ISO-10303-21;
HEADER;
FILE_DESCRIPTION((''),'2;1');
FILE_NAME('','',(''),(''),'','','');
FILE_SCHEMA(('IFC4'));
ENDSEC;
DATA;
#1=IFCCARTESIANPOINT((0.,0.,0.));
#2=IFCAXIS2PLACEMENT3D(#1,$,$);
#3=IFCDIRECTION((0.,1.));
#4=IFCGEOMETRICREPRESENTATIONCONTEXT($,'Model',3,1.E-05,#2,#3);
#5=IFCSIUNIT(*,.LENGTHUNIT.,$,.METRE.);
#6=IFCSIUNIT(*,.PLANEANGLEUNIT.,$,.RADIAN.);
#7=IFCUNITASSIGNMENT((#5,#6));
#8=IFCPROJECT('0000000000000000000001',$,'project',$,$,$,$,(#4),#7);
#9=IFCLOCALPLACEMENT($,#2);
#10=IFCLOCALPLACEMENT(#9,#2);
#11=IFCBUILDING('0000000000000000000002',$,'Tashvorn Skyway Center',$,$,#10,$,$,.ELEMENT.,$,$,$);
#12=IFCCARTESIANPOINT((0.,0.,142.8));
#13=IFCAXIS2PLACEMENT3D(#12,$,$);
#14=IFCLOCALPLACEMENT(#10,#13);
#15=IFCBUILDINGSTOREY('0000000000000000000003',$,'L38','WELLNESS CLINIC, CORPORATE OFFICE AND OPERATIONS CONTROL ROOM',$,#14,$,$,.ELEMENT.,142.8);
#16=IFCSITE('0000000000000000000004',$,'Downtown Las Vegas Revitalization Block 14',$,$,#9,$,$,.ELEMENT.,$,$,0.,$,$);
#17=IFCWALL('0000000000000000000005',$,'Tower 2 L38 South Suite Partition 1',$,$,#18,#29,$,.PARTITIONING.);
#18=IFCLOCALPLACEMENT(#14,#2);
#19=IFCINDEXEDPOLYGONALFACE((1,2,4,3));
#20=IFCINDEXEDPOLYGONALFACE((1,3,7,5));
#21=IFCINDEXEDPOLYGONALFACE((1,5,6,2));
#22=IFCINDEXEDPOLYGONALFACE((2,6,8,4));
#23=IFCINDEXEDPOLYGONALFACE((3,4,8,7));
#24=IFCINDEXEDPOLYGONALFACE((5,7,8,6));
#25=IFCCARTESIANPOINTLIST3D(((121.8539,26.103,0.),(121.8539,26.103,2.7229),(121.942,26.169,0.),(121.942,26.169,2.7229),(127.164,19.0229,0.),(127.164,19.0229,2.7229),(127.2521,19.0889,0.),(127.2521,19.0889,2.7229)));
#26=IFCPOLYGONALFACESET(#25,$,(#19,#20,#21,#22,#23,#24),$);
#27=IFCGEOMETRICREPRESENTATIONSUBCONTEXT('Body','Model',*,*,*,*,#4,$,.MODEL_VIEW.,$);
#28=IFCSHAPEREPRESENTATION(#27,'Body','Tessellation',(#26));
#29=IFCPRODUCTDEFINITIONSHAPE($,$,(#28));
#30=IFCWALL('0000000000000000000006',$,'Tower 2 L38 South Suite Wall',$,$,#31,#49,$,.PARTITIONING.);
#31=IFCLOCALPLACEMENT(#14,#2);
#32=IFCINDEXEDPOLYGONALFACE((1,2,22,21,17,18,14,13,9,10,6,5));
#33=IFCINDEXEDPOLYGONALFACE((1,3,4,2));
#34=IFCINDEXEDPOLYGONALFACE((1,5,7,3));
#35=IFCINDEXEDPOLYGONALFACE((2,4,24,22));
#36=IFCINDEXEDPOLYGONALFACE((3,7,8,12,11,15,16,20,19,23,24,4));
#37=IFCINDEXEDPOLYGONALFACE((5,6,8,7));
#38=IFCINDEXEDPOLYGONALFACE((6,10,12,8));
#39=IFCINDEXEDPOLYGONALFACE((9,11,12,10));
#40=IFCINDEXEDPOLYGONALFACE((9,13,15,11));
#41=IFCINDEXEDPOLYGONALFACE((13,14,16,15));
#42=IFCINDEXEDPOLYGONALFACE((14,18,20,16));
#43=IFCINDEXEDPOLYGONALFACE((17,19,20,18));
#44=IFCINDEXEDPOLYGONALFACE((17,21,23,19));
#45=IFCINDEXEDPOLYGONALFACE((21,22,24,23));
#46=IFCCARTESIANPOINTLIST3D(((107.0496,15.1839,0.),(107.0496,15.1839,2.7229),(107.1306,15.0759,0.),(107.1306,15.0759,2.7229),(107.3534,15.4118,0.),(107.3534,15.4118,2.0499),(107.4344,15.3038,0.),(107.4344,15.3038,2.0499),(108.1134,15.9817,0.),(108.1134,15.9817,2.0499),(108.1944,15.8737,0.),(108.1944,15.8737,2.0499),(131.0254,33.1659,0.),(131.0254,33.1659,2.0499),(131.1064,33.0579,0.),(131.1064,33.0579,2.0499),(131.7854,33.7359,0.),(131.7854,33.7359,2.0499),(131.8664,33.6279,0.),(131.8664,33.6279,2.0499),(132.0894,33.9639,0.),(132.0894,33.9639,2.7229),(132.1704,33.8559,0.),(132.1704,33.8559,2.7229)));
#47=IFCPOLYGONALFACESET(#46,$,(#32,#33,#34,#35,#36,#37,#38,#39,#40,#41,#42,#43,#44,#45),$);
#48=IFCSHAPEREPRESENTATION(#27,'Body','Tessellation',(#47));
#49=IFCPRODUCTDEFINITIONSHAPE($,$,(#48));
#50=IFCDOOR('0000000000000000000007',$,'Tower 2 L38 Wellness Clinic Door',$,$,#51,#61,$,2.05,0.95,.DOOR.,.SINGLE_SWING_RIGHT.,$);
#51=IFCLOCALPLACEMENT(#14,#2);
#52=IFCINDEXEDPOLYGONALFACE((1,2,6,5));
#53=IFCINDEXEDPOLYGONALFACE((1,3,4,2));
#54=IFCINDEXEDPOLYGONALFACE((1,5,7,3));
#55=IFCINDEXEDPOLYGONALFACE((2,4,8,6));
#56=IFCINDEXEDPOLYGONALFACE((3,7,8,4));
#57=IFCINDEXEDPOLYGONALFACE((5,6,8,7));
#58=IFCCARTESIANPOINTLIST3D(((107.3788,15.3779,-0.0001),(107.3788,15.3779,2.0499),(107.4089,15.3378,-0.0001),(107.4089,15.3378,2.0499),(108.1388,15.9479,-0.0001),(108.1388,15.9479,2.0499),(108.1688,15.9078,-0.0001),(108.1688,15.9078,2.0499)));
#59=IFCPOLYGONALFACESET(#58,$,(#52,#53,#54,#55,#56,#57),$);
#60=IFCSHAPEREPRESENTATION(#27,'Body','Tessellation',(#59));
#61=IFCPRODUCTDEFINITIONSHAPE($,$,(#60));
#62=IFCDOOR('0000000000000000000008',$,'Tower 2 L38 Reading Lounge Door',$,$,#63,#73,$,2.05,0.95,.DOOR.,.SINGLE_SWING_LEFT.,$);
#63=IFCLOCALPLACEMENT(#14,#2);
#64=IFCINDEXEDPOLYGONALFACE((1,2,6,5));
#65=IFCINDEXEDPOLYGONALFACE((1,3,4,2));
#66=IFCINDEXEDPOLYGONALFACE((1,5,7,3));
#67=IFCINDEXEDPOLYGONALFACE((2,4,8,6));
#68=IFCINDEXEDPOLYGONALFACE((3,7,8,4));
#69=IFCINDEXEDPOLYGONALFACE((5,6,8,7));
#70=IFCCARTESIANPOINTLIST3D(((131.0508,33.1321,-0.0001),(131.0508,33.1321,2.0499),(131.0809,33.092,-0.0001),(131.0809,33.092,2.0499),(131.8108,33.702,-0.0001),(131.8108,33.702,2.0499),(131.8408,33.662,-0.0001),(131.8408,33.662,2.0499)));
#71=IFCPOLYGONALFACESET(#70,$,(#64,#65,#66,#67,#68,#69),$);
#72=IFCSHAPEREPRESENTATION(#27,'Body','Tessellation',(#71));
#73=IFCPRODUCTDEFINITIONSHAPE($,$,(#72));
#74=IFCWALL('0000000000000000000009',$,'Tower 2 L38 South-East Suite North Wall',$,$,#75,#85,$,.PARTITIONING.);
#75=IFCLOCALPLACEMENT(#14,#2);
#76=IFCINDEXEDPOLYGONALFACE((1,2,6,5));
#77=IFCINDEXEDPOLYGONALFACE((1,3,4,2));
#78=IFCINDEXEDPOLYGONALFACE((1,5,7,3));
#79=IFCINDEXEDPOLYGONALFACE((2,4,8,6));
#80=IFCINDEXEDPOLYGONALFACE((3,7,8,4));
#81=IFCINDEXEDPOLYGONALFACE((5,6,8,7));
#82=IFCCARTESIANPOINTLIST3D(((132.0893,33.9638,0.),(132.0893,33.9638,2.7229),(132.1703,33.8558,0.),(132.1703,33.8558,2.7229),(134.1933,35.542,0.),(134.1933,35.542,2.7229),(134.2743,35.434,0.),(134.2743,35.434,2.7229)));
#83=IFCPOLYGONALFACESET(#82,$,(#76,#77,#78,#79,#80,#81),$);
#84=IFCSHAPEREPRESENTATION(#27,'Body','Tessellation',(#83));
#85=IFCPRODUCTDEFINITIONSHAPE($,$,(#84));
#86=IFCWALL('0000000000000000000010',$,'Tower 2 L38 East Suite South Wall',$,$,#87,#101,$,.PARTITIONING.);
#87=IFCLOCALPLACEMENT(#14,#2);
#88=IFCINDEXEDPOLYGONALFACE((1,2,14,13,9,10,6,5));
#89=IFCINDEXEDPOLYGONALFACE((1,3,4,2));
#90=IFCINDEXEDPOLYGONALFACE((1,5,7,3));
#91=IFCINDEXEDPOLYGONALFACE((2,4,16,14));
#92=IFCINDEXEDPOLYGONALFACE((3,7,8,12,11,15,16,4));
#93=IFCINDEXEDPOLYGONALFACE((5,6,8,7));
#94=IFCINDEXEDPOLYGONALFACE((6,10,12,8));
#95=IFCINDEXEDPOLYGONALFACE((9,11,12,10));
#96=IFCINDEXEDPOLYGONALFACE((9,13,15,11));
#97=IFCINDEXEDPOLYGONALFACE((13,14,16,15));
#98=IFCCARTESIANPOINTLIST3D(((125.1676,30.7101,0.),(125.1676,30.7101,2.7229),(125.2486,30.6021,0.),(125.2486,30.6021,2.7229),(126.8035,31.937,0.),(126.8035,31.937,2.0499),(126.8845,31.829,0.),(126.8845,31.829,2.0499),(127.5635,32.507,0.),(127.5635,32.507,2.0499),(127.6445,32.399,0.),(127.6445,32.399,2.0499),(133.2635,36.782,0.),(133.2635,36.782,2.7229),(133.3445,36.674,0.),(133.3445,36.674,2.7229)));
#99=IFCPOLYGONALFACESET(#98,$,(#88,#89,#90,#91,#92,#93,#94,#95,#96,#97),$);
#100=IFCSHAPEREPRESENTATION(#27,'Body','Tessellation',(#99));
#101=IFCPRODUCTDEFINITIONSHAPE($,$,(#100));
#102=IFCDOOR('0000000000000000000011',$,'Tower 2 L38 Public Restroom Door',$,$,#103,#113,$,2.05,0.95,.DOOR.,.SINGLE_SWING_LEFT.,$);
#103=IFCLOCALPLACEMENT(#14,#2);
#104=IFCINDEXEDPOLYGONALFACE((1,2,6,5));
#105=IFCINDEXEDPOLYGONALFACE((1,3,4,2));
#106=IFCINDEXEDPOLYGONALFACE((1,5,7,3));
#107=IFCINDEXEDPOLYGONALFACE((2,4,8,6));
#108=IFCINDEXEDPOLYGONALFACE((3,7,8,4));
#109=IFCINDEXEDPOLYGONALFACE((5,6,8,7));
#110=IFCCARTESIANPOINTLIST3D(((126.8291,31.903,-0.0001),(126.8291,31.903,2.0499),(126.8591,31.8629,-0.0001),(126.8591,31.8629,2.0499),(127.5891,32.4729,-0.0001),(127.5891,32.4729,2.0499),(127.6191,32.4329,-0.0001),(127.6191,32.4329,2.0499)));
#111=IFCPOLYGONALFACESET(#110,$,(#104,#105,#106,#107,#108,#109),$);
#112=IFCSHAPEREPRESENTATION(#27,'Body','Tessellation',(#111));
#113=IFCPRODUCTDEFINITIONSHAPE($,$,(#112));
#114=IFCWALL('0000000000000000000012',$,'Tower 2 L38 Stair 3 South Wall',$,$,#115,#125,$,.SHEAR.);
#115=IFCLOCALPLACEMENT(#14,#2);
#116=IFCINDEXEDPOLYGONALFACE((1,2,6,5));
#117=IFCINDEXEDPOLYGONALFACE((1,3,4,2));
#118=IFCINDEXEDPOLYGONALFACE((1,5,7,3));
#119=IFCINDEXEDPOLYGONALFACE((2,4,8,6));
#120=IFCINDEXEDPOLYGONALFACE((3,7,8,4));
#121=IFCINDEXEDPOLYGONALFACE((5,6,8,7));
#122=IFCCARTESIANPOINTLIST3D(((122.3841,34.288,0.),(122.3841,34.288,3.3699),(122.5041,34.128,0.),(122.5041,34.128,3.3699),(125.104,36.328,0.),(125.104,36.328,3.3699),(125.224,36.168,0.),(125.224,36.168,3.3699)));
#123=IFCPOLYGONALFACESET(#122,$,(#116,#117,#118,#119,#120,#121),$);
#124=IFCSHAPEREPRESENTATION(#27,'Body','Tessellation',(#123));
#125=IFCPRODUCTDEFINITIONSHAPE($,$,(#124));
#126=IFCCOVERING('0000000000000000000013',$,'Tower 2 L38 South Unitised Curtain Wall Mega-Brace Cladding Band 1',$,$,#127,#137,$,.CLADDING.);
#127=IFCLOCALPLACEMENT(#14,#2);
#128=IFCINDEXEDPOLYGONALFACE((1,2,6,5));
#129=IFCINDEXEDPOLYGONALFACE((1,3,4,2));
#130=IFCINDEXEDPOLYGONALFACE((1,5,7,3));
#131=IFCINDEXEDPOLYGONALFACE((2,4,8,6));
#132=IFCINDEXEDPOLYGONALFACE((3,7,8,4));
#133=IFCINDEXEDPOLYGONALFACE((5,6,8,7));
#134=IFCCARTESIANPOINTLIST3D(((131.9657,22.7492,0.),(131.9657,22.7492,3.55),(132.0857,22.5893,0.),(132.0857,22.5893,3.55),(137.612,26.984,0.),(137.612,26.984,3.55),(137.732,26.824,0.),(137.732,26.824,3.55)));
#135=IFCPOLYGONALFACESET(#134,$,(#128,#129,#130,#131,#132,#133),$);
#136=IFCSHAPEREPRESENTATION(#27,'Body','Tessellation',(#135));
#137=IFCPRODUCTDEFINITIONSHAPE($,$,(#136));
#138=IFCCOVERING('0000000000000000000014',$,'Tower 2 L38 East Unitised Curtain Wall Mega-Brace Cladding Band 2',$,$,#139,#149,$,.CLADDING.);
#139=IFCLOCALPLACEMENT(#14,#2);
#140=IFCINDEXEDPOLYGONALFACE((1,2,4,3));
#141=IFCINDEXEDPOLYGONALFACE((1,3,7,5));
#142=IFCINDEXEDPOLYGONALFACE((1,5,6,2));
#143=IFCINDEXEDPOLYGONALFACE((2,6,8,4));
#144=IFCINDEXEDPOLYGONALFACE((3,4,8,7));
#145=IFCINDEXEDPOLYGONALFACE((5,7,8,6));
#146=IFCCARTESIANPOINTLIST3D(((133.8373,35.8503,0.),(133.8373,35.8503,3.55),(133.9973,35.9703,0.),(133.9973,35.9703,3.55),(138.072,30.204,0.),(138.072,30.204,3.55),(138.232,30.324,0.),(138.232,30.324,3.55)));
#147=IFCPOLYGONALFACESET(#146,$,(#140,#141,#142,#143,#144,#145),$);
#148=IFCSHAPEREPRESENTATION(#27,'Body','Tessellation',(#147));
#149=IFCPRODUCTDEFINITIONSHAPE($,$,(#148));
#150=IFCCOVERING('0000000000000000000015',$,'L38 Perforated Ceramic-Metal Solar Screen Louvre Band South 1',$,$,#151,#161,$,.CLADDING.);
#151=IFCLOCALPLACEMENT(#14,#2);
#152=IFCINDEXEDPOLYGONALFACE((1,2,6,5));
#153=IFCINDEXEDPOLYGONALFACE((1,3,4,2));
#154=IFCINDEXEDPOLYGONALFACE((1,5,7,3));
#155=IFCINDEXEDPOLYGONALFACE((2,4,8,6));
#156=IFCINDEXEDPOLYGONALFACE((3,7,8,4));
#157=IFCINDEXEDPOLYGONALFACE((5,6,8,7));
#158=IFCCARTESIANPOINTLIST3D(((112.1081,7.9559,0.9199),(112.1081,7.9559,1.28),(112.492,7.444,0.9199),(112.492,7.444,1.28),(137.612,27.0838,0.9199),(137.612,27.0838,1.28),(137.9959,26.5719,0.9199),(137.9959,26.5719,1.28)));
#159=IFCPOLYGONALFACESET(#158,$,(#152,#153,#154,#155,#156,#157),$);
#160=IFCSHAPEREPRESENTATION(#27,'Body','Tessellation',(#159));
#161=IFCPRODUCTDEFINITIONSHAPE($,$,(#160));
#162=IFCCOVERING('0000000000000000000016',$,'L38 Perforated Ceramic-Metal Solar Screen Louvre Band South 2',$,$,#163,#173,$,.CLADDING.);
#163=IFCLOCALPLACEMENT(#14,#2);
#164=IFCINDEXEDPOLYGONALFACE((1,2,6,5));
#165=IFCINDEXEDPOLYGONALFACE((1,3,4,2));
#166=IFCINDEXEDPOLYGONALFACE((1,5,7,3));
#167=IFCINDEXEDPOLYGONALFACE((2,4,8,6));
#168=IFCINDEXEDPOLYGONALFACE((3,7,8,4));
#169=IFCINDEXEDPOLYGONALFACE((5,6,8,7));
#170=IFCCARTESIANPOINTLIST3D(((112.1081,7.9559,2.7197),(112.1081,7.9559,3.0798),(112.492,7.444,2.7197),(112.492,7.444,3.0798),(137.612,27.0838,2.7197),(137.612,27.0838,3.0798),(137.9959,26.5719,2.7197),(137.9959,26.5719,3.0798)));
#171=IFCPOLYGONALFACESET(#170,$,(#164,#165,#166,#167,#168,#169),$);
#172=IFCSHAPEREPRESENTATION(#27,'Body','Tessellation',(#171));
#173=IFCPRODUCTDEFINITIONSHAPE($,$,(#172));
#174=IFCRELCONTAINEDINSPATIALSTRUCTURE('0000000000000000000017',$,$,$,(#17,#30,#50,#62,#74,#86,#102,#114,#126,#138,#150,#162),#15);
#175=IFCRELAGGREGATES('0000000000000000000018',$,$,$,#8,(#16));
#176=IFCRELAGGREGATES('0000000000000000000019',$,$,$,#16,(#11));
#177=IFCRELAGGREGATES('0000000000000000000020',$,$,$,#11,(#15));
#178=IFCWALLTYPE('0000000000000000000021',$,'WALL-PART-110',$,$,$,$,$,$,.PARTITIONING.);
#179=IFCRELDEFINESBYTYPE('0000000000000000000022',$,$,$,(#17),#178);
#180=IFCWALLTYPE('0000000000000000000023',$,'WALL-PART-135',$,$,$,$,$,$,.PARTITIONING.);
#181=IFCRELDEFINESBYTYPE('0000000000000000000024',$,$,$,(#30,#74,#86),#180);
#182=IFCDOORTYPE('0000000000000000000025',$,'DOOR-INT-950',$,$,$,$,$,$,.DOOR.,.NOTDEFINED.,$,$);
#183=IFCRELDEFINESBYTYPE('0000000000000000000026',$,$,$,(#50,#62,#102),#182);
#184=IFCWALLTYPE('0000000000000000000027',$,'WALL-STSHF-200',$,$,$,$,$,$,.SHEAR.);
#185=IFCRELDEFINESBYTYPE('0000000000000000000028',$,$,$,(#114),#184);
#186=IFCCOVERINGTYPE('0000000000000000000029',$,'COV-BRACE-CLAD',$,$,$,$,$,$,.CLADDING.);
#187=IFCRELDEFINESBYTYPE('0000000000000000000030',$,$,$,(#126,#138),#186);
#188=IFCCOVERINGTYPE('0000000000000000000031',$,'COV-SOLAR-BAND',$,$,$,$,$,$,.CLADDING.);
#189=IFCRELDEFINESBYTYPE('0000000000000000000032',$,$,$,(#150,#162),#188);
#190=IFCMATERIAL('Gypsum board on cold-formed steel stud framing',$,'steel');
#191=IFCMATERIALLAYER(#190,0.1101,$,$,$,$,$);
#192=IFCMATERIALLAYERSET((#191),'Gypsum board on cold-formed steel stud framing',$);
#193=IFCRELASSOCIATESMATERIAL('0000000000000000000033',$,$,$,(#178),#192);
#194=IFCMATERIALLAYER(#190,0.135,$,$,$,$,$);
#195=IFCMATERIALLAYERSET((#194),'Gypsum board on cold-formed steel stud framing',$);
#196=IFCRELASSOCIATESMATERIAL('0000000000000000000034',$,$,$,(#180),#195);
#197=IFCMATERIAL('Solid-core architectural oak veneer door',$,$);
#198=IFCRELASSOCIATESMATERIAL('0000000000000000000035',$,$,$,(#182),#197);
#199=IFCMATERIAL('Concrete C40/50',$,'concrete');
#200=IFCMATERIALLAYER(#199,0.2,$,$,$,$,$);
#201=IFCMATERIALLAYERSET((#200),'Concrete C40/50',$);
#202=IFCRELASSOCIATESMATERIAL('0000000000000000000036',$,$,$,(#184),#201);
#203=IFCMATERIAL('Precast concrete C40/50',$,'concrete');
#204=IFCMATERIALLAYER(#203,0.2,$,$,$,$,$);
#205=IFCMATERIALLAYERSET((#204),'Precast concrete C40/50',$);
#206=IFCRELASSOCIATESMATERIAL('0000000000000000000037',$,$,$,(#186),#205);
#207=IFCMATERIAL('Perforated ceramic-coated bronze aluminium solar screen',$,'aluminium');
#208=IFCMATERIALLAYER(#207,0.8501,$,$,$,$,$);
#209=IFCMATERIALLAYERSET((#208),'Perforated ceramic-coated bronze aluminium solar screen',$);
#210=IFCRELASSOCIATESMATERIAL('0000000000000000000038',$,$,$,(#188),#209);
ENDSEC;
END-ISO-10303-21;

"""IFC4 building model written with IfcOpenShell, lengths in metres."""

from ifc_helpers import new_model, si_unit, direction, frame, frame_2d, origin, origin_2d, place, context, subcontext, project, spatial, rectangle, extrude, material, layer, layer_set, type_object, element, fill, save


model = new_model("IFC4")

# Units and contexts
model_context = context("Model", 3, precision=1e-05, world=origin(), true_north=direction((0.0, 1.0)))
body_context = subcontext(model_context, "Body", "Model", "MODEL_VIEW")
ifc_project = project(units=[si_unit("LENGTHUNIT", "METRE"), si_unit("PLANEANGLEUNIT", "RADIAN")], contexts=[model_context])

# Site, building, storey
site_placement = place(None, origin())
site = spatial("IfcSite", under=ifc_project, at=site_placement, Name="Downtown Las Vegas Revitalization Block 14", CompositionType="ELEMENT", RefElevation=0.0)
building_placement = place(site_placement, origin())
building = spatial("IfcBuilding", under=site, at=building_placement, Name="Tashvorn Skyway Center", CompositionType="ELEMENT")
storey_placement = place(building_placement, frame((0.0, 0.0, 142.8)))
storey = spatial("IfcBuildingStorey", under=building, at=storey_placement, Name="L38", Description="WELLNESS CLINIC, CORPORATE OFFICE AND OPERATIONS CONTROL ROOM", CompositionType="ELEMENT", Elevation=142.8)

# Wall
ifc_material_1 = material(Name="Precast concrete C40/50", Category="concrete")
ifc_material_2 = material(Name="Gypsum board on cold-formed steel stud framing", Category="steel")
ifc_layer_1 = layer(ifc_material_2, 0.1101)
ifc_layer_set_1 = layer_set([ifc_layer_1], Name="Gypsum board on cold-formed steel stud framing")
wall_type_1 = type_object("IfcWallType", Name="WALL-PART-110", PredefinedType="PARTITIONING", material=ifc_layer_set_1)
wall_1_placement = place(storey_placement, frame((127.208, 19.0559, 0.0), z_axis=(0.0, 0.0, 1.0), x_axis=(-0.6, 0.8, 0.0)))
element("IfcWall", 1, at=wall_1_placement, inside=storey, type_object=wall_type_1, Name="Tower 2 L38 South Suite Partition 1", PredefinedType="PARTITIONING", context=body_context, shape_type="SweptSolid", body=[
    extrude(rectangle(XDim=8.8501, YDim=0.1101, at=frame_2d((4.425, 0.0))), origin(), (0.0, 0.0, 1.0), 2.7229),
])

# Wall, openings, doors
ifc_layer_2 = layer(ifc_material_2, 0.135)
ifc_layer_set_2 = layer_set([ifc_layer_2], Name="Gypsum board on cold-formed steel stud framing")
wall_type_2 = type_object("IfcWallType", Name="WALL-PART-135", PredefinedType="PARTITIONING", material=ifc_layer_set_2)
wall_2_placement = place(storey_placement, frame((132.1299, 33.9099, 0.0), z_axis=(0.0, 0.0, 1.0), x_axis=(-0.799997, -0.600004, 0.0)))
wall_2 = element("IfcWall", 2, at=wall_2_placement, inside=storey, type_object=wall_type_2, Name="Tower 2 L38 South Suite Wall", PredefinedType="PARTITIONING", context=body_context, shape_type="SweptSolid", body=[
    extrude(rectangle(XDim=31.2998, YDim=0.135, at=frame_2d((15.6499, 0.0))), origin(), (0.0, 0.0, 1.0), 2.7229),
])
opening_1_placement = place(wall_2_placement, frame((29.97, 0.0, 0.0)))
opening_1 = element("IfcOpeningElement", 3, at=opening_1_placement, cuts=wall_2, PredefinedType="OPENING", context=body_context, shape_type="SweptSolid", body=[
    extrude(rectangle(XDim=0.95, YDim=2.05, at=frame_2d((0.4751, 1.0249))), frame((0.0, 0.0774, 0.0), z_axis=(0.0, -1.0, 0.0), x_axis=(1.0, 0.0, 0.0)), (0.0, 0.0, 1.0), 0.155),
])
opening_2_placement = place(wall_2_placement, frame((0.3799, 0.0, 0.0)))
opening_2 = element("IfcOpeningElement", 4, at=opening_2_placement, cuts=wall_2, PredefinedType="OPENING", context=body_context, shape_type="SweptSolid", body=[
    extrude(rectangle(XDim=0.95, YDim=2.05, at=frame_2d((0.4751, 1.0249))), frame((0.0, 0.0774, 0.0), z_axis=(0.0, -1.0, 0.0), x_axis=(1.0, 0.0, 0.0)), (0.0, 0.0, 1.0), 0.155),
])
ifc_material_3 = material(Name="Solid-core architectural oak veneer door")
door_type_1 = type_object("IfcDoorType", Name="DOOR-INT-950", OperationType="NOTDEFINED", PredefinedType="DOOR", material=ifc_material_3)
door_1_placement = place(opening_1_placement, origin())
door_1 = element("IfcDoor", 5, at=door_1_placement, inside=storey, type_object=door_type_1, Name="Tower 2 L38 Wellness Clinic Door", OperationType="SINGLE_SWING_RIGHT", OverallHeight=2.05, OverallWidth=0.95, PredefinedType="DOOR", context=body_context, shape_type="SweptSolid", body=[
    extrude(rectangle(XDim=0.95, YDim=2.05, at=frame_2d((0.4751, 1.0249))), frame((0.0, 0.0249, 0.0), z_axis=(0.0, -1.0, 0.0), x_axis=(1.0, 0.0, 0.0)), (0.0, 0.0, 1.0), 0.05),
])
fill(opening_1, door_1)
door_2_placement = place(opening_2_placement, origin())
door_2 = element("IfcDoor", 6, at=door_2_placement, inside=storey, type_object=door_type_1, Name="Tower 2 L38 Reading Lounge Door", OperationType="SINGLE_SWING_LEFT", OverallHeight=2.05, OverallWidth=0.95, PredefinedType="DOOR", context=body_context, shape_type="SweptSolid", body=[
    extrude(rectangle(XDim=0.95, YDim=2.05, at=frame_2d((0.4751, 1.0249))), frame((0.0, 0.0249, 0.0), z_axis=(0.0, -1.0, 0.0), x_axis=(1.0, 0.0, 0.0)), (0.0, 0.0, 1.0), 0.05),
])
fill(opening_2, door_2)

# Wall
wall_3_placement = place(storey_placement, frame((132.1299, 33.9099, 0.0), z_axis=(0.0, 0.0, 1.0), x_axis=(0.799978, 0.60003, 0.0)))
element("IfcWall", 7, at=wall_3_placement, inside=storey, type_object=wall_type_2, Name="Tower 2 L38 South-East Suite North Wall", PredefinedType="PARTITIONING", context=body_context, shape_type="SweptSolid", body=[
    extrude(rectangle(XDim=2.6301, YDim=0.135, at=frame_2d((1.3149, 0.0))), origin(), (0.0, 0.0, 1.0), 2.7229),
])

# Wall, opening, door
wall_4_placement = place(storey_placement, frame((125.208, 30.656, 0.0), z_axis=(0.0, 0.0, 1.0), x_axis=(0.799997, 0.600004, 0.0)))
wall_4 = element("IfcWall", 8, at=wall_4_placement, inside=storey, type_object=wall_type_2, Name="Tower 2 L38 East Suite South Wall", PredefinedType="PARTITIONING", context=body_context, shape_type="SweptSolid", body=[
    extrude(rectangle(XDim=10.1199, YDim=0.135, at=frame_2d((5.0601, 0.0))), origin(), (0.0, 0.0, 1.0), 2.7229),
])
opening_3_placement = place(wall_4_placement, frame((2.0449, 0.0, 0.0)))
opening_3 = element("IfcOpeningElement", 9, at=opening_3_placement, cuts=wall_4, PredefinedType="OPENING", context=body_context, shape_type="SweptSolid", body=[
    extrude(rectangle(XDim=0.95, YDim=2.05, at=frame_2d((0.4751, 1.0249))), frame((0.0, 0.0774, 0.0), z_axis=(0.0, -1.0, 0.0), x_axis=(1.0, 0.0, 0.0)), (0.0, 0.0, 1.0), 0.155),
])
door_3_placement = place(opening_3_placement, origin())
door_3 = element("IfcDoor", 10, at=door_3_placement, inside=storey, type_object=door_type_1, Name="Tower 2 L38 Public Restroom Door", OperationType="SINGLE_SWING_LEFT", OverallHeight=2.05, OverallWidth=0.95, PredefinedType="DOOR", context=body_context, shape_type="SweptSolid", body=[
    extrude(rectangle(XDim=0.95, YDim=2.05, at=frame_2d((0.4751, 1.0249))), frame((0.0, 0.0249, 0.0), z_axis=(0.0, -1.0, 0.0), x_axis=(1.0, 0.0, 0.0)), (0.0, 0.0, 1.0), 0.05),
])
fill(opening_3, door_3)

# Wall
ifc_material_4 = material(Name="Concrete C40/50", Category="concrete")
ifc_layer_3 = layer(ifc_material_4, 0.2)
ifc_layer_set_3 = layer_set([ifc_layer_3], Name="Concrete C40/50")
wall_type_3 = type_object("IfcWallType", Name="WALL-STSHF-200", PredefinedType="SHEAR", material=ifc_layer_set_3)
wall_5_placement = place(storey_placement, frame((122.4441, 34.208, 0.0), z_axis=(0.0, 0.0, 1.0), x_axis=(0.799991, 0.600011, 0.0)))
element("IfcWall", 11, at=wall_5_placement, inside=storey, type_object=wall_type_3, Name="Tower 2 L38 Stair 3 South Wall", PredefinedType="SHEAR", context=body_context, shape_type="SweptSolid", body=[
    extrude(rectangle(XDim=3.3999, YDim=0.2, at=frame_2d((1.7, 0.0))), origin(), (0.0, 0.0, 1.0), 3.3699),
])

# Coverings
ifc_layer_4 = layer(ifc_material_1, 0.2)
ifc_layer_set_4 = layer_set([ifc_layer_4], Name="Precast concrete C40/50")
covering_type_1 = type_object("IfcCoveringType", Name="COV-BRACE-CLAD", PredefinedType="CLADDING", material=ifc_layer_set_4)
for number, where, z_axis, x_axis, name in (
    (12, (134.8489, 24.7866, 0.0), (0.0, 0.0, 1.0), (-0.8, -0.6, 0.0), "Tower 2 L38 South Unitised Curtain Wall Mega-Brace Cladding Band 1"),
    (13, (136.0347, 33.0872, 0.0), (0.0, 0.0, 1.0), (0.6, -0.8, 0.0), "Tower 2 L38 East Unitised Curtain Wall Mega-Brace Cladding Band 2"),
):
    element("IfcCovering", number, at=place(storey_placement, frame(where, z_axis=z_axis, x_axis=x_axis)), inside=storey, type_object=covering_type_1, Name=name, PredefinedType="CLADDING", context=body_context, shape_type="SweptSolid", body=[
        extrude(rectangle(XDim=7.0579, YDim=0.2, at=origin_2d()), origin(), (0.0, 0.0, 1.0), 3.55),
    ])
ifc_material_5 = material(Name="Perforated ceramic-coated bronze aluminium solar screen", Category="aluminium")
ifc_layer_5 = layer(ifc_material_5, 0.8501)
ifc_layer_set_5 = layer_set([ifc_layer_5], Name="Perforated ceramic-coated bronze aluminium solar screen")
covering_type_2 = type_object("IfcCoveringType", Name="COV-SOLAR-BAND", PredefinedType="CLADDING", material=ifc_layer_set_5)
for number, where, z_axis, x_axis, name in (
    (14, (125.052, 17.2639, 0.9199), (0.0, 0.0, 1.0), (-0.8, -0.6, 0.0), "L38 Perforated Ceramic-Metal Solar Screen Louvre Band South 1"),
    (15, (125.052, 17.2639, 2.7197), (0.0, 0.0, 1.0), (-0.8, -0.6, 0.0), "L38 Perforated Ceramic-Metal Solar Screen Louvre Band South 2"),
):
    element("IfcCovering", number, at=place(storey_placement, frame(where, z_axis=z_axis, x_axis=x_axis)), inside=storey, type_object=covering_type_2, Name=name, PredefinedType="CLADDING", context=body_context, shape_type="SweptSolid", body=[
        extrude(rectangle(XDim=31.8799, YDim=0.6399, at=origin_2d()), origin(), (0.0, 0.0, 1.0), 0.3601),
    ])

save(model, "model.ifc")
